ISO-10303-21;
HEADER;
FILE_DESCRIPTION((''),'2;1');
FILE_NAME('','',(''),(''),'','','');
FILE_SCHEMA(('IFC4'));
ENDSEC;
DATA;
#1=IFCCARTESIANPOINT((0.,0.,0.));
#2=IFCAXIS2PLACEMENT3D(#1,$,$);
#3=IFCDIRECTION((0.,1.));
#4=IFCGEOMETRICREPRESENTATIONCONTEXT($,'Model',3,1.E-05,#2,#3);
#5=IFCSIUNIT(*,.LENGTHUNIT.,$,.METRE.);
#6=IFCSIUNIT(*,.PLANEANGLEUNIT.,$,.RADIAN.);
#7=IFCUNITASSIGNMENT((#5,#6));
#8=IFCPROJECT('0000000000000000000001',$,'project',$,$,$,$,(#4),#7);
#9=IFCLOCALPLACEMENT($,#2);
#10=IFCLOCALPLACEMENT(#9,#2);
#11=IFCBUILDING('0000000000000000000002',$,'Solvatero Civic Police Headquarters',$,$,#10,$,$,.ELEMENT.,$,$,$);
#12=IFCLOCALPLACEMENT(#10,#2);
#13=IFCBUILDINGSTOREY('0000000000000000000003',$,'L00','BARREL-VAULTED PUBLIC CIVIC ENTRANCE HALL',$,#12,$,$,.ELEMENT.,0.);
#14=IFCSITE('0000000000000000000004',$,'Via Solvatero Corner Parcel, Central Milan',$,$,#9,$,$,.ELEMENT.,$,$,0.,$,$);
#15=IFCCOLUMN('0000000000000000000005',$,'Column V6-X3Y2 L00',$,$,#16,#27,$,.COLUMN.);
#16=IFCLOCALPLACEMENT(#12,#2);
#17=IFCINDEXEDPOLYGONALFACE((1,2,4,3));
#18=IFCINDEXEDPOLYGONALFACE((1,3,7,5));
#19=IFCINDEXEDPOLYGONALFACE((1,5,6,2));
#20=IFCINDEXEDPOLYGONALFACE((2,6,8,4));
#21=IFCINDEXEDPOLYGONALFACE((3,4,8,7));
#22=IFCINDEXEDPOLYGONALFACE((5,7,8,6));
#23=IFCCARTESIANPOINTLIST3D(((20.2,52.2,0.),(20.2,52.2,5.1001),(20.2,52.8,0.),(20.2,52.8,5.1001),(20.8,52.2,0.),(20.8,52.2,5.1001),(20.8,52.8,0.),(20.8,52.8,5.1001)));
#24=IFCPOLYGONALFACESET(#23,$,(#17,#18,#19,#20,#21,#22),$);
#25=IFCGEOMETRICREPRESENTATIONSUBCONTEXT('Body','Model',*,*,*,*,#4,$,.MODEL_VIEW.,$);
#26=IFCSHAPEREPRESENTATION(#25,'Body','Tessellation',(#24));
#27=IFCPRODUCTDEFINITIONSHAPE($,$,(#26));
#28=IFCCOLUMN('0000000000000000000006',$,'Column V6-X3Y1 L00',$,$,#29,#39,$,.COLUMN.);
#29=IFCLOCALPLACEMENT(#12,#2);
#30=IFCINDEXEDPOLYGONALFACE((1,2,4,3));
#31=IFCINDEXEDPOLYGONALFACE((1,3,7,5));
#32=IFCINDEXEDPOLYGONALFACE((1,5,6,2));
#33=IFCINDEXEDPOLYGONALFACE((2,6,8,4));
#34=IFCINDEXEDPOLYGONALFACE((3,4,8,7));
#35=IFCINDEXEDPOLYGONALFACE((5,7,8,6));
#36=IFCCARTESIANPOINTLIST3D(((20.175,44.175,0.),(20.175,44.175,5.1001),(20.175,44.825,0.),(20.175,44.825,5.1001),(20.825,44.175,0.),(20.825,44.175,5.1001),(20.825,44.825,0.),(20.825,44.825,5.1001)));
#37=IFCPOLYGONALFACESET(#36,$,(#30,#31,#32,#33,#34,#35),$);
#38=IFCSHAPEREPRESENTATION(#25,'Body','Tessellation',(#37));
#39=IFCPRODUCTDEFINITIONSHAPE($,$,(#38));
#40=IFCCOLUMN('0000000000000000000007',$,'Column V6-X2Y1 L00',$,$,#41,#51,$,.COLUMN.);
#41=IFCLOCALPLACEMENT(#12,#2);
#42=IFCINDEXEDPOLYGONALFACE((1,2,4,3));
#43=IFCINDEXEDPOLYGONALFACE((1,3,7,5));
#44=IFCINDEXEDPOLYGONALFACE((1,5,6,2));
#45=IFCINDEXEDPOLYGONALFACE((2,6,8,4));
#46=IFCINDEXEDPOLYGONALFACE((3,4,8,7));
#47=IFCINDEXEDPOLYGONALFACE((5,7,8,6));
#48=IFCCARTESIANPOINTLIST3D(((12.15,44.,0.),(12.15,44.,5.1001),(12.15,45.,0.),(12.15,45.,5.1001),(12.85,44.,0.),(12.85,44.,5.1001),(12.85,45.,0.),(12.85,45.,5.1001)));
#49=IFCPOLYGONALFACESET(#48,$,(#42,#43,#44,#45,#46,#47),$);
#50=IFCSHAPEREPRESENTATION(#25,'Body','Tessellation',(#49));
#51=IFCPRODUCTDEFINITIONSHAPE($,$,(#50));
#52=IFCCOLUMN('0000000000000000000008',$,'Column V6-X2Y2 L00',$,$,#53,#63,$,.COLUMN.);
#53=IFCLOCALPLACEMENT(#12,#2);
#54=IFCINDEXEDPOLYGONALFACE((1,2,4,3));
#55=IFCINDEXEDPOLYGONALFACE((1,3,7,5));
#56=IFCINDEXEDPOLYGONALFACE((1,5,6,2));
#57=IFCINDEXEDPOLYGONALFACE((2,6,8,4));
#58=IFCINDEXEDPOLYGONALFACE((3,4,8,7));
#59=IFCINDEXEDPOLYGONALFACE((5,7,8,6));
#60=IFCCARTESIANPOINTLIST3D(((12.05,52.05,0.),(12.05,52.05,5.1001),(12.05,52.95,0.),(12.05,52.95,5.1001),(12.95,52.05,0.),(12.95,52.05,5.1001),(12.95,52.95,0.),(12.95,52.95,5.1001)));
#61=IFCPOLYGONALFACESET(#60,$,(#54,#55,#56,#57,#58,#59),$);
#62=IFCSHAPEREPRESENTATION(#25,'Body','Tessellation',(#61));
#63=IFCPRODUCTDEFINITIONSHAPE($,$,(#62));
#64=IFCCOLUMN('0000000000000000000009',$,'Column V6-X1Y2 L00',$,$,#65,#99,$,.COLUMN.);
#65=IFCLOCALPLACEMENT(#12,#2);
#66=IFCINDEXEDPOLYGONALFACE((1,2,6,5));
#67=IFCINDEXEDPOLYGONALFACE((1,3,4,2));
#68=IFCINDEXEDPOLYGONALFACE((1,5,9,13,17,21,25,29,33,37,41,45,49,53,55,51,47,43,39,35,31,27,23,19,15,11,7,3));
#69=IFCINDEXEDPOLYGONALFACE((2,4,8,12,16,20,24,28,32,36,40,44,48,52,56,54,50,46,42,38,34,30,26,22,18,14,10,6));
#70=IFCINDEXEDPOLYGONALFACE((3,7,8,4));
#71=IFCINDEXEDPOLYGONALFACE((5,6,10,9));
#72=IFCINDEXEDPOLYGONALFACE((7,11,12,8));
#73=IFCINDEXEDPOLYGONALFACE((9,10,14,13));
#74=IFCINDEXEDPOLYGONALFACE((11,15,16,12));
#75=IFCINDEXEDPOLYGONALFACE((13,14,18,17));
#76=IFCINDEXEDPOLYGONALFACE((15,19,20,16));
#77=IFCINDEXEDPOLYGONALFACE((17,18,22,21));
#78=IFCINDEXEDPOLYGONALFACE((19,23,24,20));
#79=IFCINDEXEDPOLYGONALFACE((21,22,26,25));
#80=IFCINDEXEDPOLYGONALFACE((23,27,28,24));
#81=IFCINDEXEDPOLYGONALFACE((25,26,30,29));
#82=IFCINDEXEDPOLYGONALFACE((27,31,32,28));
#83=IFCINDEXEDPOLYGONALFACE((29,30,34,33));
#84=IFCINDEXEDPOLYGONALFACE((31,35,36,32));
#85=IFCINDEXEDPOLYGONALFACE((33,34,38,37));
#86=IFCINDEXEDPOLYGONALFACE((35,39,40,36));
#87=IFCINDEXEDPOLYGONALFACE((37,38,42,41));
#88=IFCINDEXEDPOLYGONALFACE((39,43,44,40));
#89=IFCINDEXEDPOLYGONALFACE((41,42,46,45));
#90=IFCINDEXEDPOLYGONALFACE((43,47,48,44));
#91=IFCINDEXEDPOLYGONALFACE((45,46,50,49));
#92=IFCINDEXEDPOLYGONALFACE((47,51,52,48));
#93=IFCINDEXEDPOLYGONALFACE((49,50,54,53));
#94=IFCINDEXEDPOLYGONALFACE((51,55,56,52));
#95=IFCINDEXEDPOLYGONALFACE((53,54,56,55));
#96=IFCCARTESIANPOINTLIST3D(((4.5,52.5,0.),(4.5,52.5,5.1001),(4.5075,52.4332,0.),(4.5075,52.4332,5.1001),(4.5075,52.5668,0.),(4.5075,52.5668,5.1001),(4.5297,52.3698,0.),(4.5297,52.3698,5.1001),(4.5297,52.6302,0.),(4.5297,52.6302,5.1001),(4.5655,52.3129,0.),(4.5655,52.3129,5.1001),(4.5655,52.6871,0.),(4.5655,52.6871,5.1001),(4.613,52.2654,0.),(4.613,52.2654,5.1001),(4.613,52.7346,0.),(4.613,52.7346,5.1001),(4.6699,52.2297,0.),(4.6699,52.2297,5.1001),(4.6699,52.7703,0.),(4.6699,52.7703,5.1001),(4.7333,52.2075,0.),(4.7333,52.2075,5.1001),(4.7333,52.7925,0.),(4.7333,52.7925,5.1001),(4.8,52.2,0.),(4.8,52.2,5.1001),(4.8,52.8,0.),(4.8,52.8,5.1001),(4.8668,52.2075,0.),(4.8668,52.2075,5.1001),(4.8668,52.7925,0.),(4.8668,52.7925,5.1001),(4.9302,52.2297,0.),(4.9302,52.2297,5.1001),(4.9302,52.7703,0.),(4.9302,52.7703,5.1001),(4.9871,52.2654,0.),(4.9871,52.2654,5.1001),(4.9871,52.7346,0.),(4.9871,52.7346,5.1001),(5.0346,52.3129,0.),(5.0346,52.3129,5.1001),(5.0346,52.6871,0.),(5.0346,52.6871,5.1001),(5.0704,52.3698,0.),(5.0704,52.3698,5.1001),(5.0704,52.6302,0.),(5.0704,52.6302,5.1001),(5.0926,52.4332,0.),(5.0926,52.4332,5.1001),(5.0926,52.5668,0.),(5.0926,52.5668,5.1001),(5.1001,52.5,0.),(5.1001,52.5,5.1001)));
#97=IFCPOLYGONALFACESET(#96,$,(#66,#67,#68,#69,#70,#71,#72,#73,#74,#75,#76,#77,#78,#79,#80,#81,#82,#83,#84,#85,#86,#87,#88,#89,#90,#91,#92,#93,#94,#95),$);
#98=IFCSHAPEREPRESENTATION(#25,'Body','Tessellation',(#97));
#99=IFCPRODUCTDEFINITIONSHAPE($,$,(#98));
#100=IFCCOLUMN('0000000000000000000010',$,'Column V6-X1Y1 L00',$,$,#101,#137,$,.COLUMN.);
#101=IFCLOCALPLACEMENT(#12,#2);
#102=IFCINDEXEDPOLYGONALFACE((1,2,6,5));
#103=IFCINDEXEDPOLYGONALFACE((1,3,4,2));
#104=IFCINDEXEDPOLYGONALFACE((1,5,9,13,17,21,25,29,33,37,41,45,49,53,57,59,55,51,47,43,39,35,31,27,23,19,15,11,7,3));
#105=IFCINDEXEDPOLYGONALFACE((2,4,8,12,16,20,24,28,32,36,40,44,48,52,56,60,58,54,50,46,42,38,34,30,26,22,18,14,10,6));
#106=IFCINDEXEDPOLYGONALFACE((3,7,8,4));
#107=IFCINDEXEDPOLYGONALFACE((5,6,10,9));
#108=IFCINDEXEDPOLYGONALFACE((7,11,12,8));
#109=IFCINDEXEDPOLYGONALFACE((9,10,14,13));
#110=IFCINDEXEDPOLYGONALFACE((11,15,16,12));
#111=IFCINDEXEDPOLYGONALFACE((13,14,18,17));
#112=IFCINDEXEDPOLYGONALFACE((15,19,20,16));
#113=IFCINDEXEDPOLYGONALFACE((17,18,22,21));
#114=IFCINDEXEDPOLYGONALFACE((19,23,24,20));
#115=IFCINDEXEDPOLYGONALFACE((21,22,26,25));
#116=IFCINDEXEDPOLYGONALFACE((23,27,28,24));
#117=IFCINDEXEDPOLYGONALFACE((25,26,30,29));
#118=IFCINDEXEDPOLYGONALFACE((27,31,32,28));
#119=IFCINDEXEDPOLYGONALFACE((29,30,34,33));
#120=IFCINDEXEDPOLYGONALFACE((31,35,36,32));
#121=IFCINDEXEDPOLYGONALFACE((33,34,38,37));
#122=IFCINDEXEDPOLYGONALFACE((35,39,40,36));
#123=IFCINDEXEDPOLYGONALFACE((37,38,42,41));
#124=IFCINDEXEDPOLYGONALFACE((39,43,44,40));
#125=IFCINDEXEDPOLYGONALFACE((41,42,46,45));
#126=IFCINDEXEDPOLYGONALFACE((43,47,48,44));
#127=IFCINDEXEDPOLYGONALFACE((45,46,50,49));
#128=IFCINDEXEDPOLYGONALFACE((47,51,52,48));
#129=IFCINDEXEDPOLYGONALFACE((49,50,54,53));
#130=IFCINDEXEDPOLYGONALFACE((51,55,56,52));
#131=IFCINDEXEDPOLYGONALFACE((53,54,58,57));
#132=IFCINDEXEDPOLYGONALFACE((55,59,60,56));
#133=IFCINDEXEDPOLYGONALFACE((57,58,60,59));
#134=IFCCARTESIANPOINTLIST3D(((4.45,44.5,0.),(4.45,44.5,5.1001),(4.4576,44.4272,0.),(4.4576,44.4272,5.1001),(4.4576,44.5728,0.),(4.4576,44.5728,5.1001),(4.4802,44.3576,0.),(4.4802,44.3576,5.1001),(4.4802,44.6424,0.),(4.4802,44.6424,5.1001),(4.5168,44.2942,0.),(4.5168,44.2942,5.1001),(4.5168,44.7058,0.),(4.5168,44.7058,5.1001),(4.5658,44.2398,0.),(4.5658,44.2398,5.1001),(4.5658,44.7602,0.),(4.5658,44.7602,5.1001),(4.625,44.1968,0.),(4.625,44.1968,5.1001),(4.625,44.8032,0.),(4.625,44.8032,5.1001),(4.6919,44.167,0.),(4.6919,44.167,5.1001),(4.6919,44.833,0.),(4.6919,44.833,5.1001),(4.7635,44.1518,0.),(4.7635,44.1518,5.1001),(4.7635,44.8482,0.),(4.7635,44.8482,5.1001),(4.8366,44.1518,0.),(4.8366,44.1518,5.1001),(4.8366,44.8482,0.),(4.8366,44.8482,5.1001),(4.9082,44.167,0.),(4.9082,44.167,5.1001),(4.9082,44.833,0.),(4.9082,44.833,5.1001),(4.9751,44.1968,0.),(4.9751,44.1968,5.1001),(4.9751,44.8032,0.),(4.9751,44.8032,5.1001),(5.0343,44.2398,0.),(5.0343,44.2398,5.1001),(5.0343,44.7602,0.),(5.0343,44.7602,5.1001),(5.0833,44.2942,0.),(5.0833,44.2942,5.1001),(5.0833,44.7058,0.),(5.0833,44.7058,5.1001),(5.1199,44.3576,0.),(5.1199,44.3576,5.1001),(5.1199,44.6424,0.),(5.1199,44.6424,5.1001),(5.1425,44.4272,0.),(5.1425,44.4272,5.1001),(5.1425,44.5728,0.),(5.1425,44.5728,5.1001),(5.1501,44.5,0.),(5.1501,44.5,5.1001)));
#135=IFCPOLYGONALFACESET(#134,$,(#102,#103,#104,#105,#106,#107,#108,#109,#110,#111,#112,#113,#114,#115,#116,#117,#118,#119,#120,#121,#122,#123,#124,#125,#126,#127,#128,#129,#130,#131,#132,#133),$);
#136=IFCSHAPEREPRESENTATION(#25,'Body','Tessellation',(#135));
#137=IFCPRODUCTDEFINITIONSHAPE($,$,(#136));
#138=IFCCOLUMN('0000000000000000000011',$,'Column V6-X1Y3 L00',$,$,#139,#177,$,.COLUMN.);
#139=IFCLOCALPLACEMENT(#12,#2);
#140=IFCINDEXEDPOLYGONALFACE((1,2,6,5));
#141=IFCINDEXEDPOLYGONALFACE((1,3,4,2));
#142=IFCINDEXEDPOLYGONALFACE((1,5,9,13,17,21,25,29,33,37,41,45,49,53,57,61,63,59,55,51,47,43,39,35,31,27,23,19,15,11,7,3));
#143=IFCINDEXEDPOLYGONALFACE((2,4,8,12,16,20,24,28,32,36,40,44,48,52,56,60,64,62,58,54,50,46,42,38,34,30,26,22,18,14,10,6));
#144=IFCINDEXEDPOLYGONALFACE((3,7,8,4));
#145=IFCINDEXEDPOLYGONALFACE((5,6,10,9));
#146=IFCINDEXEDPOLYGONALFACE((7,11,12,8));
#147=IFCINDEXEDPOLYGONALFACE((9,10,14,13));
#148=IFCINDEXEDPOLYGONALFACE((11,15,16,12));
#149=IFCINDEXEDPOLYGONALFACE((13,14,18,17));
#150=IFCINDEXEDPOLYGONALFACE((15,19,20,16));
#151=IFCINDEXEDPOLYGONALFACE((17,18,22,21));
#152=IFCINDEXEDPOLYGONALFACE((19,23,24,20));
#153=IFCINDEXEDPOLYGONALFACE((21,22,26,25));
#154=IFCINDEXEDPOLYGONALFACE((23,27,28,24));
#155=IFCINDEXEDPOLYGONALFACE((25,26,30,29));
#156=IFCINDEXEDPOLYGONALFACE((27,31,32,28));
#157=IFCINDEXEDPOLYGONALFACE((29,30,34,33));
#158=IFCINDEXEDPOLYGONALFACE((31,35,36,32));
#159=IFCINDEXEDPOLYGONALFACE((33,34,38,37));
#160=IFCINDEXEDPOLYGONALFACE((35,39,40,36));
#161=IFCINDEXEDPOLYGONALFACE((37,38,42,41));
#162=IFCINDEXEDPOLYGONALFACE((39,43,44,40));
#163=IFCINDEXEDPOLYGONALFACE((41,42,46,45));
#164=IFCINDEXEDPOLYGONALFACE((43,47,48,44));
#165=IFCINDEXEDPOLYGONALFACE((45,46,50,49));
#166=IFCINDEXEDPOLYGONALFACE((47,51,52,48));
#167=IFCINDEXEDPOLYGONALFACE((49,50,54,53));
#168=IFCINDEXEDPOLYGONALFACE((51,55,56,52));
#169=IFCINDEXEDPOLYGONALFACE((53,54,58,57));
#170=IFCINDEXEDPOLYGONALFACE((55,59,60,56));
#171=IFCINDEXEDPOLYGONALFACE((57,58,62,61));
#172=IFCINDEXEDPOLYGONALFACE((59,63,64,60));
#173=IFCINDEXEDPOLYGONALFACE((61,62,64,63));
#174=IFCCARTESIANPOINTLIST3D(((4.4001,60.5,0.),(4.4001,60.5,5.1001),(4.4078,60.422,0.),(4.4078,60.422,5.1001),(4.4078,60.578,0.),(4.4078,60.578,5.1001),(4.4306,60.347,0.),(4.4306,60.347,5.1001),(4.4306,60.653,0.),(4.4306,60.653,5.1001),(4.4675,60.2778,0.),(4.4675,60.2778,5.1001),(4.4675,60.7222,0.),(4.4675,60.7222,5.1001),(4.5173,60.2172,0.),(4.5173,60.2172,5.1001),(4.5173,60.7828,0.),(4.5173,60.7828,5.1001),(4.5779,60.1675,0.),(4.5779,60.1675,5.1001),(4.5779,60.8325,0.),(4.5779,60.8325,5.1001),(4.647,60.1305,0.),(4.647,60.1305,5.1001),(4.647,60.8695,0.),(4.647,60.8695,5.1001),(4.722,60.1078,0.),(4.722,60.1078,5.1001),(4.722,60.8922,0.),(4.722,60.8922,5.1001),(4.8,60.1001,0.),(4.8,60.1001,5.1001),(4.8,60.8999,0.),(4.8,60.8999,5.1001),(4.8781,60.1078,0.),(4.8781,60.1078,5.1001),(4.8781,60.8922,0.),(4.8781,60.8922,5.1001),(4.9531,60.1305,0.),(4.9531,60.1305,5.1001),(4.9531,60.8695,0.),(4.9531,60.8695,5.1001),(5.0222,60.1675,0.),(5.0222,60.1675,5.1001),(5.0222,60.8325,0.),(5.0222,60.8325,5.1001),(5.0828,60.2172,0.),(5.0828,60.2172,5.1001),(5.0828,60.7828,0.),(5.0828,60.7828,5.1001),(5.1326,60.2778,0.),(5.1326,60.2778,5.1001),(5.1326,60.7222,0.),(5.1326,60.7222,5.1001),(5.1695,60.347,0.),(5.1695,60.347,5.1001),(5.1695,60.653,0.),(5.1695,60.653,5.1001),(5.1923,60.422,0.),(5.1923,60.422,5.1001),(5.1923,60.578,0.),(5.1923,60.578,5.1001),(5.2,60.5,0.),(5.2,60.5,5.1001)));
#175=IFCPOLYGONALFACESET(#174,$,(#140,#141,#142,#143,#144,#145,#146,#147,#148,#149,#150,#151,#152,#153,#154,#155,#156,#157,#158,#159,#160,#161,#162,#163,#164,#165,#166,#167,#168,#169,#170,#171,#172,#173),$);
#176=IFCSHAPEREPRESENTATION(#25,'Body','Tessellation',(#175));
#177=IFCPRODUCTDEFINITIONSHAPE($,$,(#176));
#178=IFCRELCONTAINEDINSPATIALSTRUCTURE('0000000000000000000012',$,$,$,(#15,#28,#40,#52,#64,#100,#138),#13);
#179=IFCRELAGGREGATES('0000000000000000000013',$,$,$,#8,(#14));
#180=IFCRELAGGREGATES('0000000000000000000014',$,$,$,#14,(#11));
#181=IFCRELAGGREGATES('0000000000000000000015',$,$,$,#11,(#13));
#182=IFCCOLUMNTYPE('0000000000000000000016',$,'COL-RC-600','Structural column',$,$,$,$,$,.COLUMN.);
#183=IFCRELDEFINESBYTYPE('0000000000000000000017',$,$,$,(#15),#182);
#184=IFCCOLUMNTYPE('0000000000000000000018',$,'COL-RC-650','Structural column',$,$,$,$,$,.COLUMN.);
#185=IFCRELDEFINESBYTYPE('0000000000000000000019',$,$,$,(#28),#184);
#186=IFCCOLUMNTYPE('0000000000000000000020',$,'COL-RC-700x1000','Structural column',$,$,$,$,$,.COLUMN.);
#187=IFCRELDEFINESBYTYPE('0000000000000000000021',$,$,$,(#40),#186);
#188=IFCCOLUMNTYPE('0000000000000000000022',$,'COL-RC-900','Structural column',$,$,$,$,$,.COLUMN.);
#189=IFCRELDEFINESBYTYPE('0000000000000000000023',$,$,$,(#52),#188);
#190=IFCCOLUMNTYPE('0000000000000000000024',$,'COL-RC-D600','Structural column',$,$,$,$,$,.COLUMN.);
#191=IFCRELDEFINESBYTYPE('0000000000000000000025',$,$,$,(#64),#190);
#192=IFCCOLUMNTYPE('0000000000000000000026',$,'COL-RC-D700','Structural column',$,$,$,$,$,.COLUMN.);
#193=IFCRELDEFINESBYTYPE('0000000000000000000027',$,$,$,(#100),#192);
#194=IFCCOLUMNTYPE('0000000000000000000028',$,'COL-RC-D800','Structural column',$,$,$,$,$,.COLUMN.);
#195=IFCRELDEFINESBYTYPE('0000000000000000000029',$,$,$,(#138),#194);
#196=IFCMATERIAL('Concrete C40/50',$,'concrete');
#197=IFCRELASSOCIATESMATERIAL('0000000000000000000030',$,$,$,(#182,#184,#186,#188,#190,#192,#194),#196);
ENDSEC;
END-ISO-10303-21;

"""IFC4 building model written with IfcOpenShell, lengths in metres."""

from ifc_helpers import new_model, si_unit, direction, frame, origin, origin_2d, place, context, subcontext, project, spatial, rectangle, circle, extrude, material, material_profile, profile_set, type_object, element, save


model = new_model("IFC4")

# Units and contexts
model_context = context("Model", 3, precision=1e-05, world=origin(), true_north=direction((0.0, 1.0)))
body_context = subcontext(model_context, "Body", "Model", "MODEL_VIEW")
ifc_project = project(units=[si_unit("LENGTHUNIT", "METRE"), si_unit("PLANEANGLEUNIT", "RADIAN")], contexts=[model_context])

# Site, building, storey
site_placement = place(None, origin())
site = spatial("IfcSite", under=ifc_project, at=site_placement, Name="Via Solvatero Corner Parcel, Central Milan", CompositionType="ELEMENT", RefElevation=0.0)
building_placement = place(site_placement, origin())
building = spatial("IfcBuilding", under=site, at=building_placement, Name="Solvatero Civic Police Headquarters", CompositionType="ELEMENT")
storey_placement = place(building_placement, origin())
storey = spatial("IfcBuildingStorey", under=building, at=storey_placement, Name="L00", Description="BARREL-VAULTED PUBLIC CIVIC ENTRANCE HALL", CompositionType="ELEMENT", Elevation=0.0)

# Columns
ifc_material_1 = material(Name="Concrete C40/50", Category="concrete")
ifc_material_profile_1 = material_profile(ifc_material_1, rectangle(XDim=0.6001, YDim=0.6001, at=origin_2d()), Name="RC 600x600")
ifc_profile_set_1 = profile_set([ifc_material_profile_1], Name="Concrete C40/50")
column_type_1 = type_object("IfcColumnType", Name="COL-RC-600", Description="Structural column", PredefinedType="COLUMN", material=ifc_profile_set_1)
column_1_placement = place(storey_placement, frame((20.5, 52.5, 0.0), z_axis=(0.0, 0.0, 1.0), x_axis=(1.0, 0.0, 0.0)))
element("IfcColumn", 1, at=column_1_placement, inside=storey, type_object=column_type_1, Name="Column V6-X3Y2 L00", PredefinedType="COLUMN", context=body_context, shape_type="SweptSolid", body=[
    extrude(rectangle(XDim=0.6001, YDim=0.6001, at=origin_2d()), origin(), (0.0, 0.0, 1.0), 5.1001),
])
ifc_material_profile_2 = material_profile(ifc_material_1, rectangle(XDim=0.6499, YDim=0.6499, at=origin_2d()), Name="RC 650x650")
ifc_profile_set_2 = profile_set([ifc_material_profile_2], Name="Concrete C40/50")
column_type_2 = type_object("IfcColumnType", Name="COL-RC-650", Description="Structural column", PredefinedType="COLUMN", material=ifc_profile_set_2)
column_2_placement = place(storey_placement, frame((20.5, 44.5, 0.0), z_axis=(0.0, 0.0, 1.0), x_axis=(1.0, 0.0, 0.0)))
element("IfcColumn", 2, at=column_2_placement, inside=storey, type_object=column_type_2, Name="Column V6-X3Y1 L00", PredefinedType="COLUMN", context=body_context, shape_type="SweptSolid", body=[
    extrude(rectangle(XDim=0.6499, YDim=0.6499, at=origin_2d()), origin(), (0.0, 0.0, 1.0), 5.1001),
])
ifc_material_profile_3 = material_profile(ifc_material_1, rectangle(XDim=0.7, YDim=1.0, at=origin_2d()), Name="RC 700x1000")
ifc_profile_set_3 = profile_set([ifc_material_profile_3], Name="Concrete C40/50")
column_type_3 = type_object("IfcColumnType", Name="COL-RC-700x1000", Description="Structural column", PredefinedType="COLUMN", material=ifc_profile_set_3)
column_3_placement = place(storey_placement, frame((12.5, 44.5, 0.0), z_axis=(0.0, 0.0, 1.0), x_axis=(1.0, 0.0, 0.0)))
element("IfcColumn", 3, at=column_3_placement, inside=storey, type_object=column_type_3, Name="Column V6-X2Y1 L00", PredefinedType="COLUMN", context=body_context, shape_type="SweptSolid", body=[
    extrude(rectangle(XDim=0.7, YDim=1.0, at=origin_2d()), origin(), (0.0, 0.0, 1.0), 5.1001),
])
ifc_material_profile_4 = material_profile(ifc_material_1, rectangle(XDim=0.8999, YDim=0.8999, at=origin_2d()), Name="RC 900x900")
ifc_profile_set_4 = profile_set([ifc_material_profile_4], Name="Concrete C40/50")
column_type_4 = type_object("IfcColumnType", Name="COL-RC-900", Description="Structural column", PredefinedType="COLUMN", material=ifc_profile_set_4)
column_4_placement = place(storey_placement, frame((12.5, 52.5, 0.0), z_axis=(0.0, 0.0, 1.0), x_axis=(1.0, 0.0, 0.0)))
element("IfcColumn", 4, at=column_4_placement, inside=storey, type_object=column_type_4, Name="Column V6-X2Y2 L00", PredefinedType="COLUMN", context=body_context, shape_type="SweptSolid", body=[
    extrude(rectangle(XDim=0.8999, YDim=0.8999, at=origin_2d()), origin(), (0.0, 0.0, 1.0), 5.1001),
])
ifc_material_profile_5 = material_profile(ifc_material_1, circle(Radius=0.3, at=origin_2d()), Name="RC COL D600")
ifc_profile_set_5 = profile_set([ifc_material_profile_5], Name="Concrete C40/50")
column_type_5 = type_object("IfcColumnType", Name="COL-RC-D600", Description="Structural column", PredefinedType="COLUMN", material=ifc_profile_set_5)
column_5_placement = place(storey_placement, frame((4.8, 52.5, 0.0), z_axis=(0.0, 0.0, 1.0), x_axis=(1.0, 0.0, 0.0)))
element("IfcColumn", 5, at=column_5_placement, inside=storey, type_object=column_type_5, Name="Column V6-X1Y2 L00", PredefinedType="COLUMN", context=body_context, shape_type="SweptSolid", body=[
    extrude(circle(Radius=0.3, at=origin_2d()), origin(), (0.0, 0.0, 1.0), 5.1001),
])
ifc_material_profile_6 = material_profile(ifc_material_1, circle(Radius=0.3501, at=origin_2d()), Name="RC COL D700")
ifc_profile_set_6 = profile_set([ifc_material_profile_6], Name="Concrete C40/50")
column_type_6 = type_object("IfcColumnType", Name="COL-RC-D700", Description="Structural column", PredefinedType="COLUMN", material=ifc_profile_set_6)
column_6_placement = place(storey_placement, frame((4.8, 44.5, 0.0), z_axis=(0.0, 0.0, 1.0), x_axis=(1.0, 0.0, 0.0)))
element("IfcColumn", 6, at=column_6_placement, inside=storey, type_object=column_type_6, Name="Column V6-X1Y1 L00", PredefinedType="COLUMN", context=body_context, shape_type="SweptSolid", body=[
    extrude(circle(Radius=0.3501, at=origin_2d()), origin(), (0.0, 0.0, 1.0), 5.1001),
])
ifc_material_profile_7 = material_profile(ifc_material_1, circle(Radius=0.3999, at=origin_2d()), Name="RC COL D800")
ifc_profile_set_7 = profile_set([ifc_material_profile_7], Name="Concrete C40/50")
column_type_7 = type_object("IfcColumnType", Name="COL-RC-D800", Description="Structural column", PredefinedType="COLUMN", material=ifc_profile_set_7)
column_7_placement = place(storey_placement, frame((4.8, 60.5, 0.0), z_axis=(0.0, 0.0, 1.0), x_axis=(1.0, 0.0, 0.0)))
element("IfcColumn", 7, at=column_7_placement, inside=storey, type_object=column_type_7, Name="Column V6-X1Y3 L00", PredefinedType="COLUMN", context=body_context, shape_type="SweptSolid", body=[
    extrude(circle(Radius=0.3999, at=origin_2d()), origin(), (0.0, 0.0, 1.0), 5.1001),
])

save(model, "model.ifc")
